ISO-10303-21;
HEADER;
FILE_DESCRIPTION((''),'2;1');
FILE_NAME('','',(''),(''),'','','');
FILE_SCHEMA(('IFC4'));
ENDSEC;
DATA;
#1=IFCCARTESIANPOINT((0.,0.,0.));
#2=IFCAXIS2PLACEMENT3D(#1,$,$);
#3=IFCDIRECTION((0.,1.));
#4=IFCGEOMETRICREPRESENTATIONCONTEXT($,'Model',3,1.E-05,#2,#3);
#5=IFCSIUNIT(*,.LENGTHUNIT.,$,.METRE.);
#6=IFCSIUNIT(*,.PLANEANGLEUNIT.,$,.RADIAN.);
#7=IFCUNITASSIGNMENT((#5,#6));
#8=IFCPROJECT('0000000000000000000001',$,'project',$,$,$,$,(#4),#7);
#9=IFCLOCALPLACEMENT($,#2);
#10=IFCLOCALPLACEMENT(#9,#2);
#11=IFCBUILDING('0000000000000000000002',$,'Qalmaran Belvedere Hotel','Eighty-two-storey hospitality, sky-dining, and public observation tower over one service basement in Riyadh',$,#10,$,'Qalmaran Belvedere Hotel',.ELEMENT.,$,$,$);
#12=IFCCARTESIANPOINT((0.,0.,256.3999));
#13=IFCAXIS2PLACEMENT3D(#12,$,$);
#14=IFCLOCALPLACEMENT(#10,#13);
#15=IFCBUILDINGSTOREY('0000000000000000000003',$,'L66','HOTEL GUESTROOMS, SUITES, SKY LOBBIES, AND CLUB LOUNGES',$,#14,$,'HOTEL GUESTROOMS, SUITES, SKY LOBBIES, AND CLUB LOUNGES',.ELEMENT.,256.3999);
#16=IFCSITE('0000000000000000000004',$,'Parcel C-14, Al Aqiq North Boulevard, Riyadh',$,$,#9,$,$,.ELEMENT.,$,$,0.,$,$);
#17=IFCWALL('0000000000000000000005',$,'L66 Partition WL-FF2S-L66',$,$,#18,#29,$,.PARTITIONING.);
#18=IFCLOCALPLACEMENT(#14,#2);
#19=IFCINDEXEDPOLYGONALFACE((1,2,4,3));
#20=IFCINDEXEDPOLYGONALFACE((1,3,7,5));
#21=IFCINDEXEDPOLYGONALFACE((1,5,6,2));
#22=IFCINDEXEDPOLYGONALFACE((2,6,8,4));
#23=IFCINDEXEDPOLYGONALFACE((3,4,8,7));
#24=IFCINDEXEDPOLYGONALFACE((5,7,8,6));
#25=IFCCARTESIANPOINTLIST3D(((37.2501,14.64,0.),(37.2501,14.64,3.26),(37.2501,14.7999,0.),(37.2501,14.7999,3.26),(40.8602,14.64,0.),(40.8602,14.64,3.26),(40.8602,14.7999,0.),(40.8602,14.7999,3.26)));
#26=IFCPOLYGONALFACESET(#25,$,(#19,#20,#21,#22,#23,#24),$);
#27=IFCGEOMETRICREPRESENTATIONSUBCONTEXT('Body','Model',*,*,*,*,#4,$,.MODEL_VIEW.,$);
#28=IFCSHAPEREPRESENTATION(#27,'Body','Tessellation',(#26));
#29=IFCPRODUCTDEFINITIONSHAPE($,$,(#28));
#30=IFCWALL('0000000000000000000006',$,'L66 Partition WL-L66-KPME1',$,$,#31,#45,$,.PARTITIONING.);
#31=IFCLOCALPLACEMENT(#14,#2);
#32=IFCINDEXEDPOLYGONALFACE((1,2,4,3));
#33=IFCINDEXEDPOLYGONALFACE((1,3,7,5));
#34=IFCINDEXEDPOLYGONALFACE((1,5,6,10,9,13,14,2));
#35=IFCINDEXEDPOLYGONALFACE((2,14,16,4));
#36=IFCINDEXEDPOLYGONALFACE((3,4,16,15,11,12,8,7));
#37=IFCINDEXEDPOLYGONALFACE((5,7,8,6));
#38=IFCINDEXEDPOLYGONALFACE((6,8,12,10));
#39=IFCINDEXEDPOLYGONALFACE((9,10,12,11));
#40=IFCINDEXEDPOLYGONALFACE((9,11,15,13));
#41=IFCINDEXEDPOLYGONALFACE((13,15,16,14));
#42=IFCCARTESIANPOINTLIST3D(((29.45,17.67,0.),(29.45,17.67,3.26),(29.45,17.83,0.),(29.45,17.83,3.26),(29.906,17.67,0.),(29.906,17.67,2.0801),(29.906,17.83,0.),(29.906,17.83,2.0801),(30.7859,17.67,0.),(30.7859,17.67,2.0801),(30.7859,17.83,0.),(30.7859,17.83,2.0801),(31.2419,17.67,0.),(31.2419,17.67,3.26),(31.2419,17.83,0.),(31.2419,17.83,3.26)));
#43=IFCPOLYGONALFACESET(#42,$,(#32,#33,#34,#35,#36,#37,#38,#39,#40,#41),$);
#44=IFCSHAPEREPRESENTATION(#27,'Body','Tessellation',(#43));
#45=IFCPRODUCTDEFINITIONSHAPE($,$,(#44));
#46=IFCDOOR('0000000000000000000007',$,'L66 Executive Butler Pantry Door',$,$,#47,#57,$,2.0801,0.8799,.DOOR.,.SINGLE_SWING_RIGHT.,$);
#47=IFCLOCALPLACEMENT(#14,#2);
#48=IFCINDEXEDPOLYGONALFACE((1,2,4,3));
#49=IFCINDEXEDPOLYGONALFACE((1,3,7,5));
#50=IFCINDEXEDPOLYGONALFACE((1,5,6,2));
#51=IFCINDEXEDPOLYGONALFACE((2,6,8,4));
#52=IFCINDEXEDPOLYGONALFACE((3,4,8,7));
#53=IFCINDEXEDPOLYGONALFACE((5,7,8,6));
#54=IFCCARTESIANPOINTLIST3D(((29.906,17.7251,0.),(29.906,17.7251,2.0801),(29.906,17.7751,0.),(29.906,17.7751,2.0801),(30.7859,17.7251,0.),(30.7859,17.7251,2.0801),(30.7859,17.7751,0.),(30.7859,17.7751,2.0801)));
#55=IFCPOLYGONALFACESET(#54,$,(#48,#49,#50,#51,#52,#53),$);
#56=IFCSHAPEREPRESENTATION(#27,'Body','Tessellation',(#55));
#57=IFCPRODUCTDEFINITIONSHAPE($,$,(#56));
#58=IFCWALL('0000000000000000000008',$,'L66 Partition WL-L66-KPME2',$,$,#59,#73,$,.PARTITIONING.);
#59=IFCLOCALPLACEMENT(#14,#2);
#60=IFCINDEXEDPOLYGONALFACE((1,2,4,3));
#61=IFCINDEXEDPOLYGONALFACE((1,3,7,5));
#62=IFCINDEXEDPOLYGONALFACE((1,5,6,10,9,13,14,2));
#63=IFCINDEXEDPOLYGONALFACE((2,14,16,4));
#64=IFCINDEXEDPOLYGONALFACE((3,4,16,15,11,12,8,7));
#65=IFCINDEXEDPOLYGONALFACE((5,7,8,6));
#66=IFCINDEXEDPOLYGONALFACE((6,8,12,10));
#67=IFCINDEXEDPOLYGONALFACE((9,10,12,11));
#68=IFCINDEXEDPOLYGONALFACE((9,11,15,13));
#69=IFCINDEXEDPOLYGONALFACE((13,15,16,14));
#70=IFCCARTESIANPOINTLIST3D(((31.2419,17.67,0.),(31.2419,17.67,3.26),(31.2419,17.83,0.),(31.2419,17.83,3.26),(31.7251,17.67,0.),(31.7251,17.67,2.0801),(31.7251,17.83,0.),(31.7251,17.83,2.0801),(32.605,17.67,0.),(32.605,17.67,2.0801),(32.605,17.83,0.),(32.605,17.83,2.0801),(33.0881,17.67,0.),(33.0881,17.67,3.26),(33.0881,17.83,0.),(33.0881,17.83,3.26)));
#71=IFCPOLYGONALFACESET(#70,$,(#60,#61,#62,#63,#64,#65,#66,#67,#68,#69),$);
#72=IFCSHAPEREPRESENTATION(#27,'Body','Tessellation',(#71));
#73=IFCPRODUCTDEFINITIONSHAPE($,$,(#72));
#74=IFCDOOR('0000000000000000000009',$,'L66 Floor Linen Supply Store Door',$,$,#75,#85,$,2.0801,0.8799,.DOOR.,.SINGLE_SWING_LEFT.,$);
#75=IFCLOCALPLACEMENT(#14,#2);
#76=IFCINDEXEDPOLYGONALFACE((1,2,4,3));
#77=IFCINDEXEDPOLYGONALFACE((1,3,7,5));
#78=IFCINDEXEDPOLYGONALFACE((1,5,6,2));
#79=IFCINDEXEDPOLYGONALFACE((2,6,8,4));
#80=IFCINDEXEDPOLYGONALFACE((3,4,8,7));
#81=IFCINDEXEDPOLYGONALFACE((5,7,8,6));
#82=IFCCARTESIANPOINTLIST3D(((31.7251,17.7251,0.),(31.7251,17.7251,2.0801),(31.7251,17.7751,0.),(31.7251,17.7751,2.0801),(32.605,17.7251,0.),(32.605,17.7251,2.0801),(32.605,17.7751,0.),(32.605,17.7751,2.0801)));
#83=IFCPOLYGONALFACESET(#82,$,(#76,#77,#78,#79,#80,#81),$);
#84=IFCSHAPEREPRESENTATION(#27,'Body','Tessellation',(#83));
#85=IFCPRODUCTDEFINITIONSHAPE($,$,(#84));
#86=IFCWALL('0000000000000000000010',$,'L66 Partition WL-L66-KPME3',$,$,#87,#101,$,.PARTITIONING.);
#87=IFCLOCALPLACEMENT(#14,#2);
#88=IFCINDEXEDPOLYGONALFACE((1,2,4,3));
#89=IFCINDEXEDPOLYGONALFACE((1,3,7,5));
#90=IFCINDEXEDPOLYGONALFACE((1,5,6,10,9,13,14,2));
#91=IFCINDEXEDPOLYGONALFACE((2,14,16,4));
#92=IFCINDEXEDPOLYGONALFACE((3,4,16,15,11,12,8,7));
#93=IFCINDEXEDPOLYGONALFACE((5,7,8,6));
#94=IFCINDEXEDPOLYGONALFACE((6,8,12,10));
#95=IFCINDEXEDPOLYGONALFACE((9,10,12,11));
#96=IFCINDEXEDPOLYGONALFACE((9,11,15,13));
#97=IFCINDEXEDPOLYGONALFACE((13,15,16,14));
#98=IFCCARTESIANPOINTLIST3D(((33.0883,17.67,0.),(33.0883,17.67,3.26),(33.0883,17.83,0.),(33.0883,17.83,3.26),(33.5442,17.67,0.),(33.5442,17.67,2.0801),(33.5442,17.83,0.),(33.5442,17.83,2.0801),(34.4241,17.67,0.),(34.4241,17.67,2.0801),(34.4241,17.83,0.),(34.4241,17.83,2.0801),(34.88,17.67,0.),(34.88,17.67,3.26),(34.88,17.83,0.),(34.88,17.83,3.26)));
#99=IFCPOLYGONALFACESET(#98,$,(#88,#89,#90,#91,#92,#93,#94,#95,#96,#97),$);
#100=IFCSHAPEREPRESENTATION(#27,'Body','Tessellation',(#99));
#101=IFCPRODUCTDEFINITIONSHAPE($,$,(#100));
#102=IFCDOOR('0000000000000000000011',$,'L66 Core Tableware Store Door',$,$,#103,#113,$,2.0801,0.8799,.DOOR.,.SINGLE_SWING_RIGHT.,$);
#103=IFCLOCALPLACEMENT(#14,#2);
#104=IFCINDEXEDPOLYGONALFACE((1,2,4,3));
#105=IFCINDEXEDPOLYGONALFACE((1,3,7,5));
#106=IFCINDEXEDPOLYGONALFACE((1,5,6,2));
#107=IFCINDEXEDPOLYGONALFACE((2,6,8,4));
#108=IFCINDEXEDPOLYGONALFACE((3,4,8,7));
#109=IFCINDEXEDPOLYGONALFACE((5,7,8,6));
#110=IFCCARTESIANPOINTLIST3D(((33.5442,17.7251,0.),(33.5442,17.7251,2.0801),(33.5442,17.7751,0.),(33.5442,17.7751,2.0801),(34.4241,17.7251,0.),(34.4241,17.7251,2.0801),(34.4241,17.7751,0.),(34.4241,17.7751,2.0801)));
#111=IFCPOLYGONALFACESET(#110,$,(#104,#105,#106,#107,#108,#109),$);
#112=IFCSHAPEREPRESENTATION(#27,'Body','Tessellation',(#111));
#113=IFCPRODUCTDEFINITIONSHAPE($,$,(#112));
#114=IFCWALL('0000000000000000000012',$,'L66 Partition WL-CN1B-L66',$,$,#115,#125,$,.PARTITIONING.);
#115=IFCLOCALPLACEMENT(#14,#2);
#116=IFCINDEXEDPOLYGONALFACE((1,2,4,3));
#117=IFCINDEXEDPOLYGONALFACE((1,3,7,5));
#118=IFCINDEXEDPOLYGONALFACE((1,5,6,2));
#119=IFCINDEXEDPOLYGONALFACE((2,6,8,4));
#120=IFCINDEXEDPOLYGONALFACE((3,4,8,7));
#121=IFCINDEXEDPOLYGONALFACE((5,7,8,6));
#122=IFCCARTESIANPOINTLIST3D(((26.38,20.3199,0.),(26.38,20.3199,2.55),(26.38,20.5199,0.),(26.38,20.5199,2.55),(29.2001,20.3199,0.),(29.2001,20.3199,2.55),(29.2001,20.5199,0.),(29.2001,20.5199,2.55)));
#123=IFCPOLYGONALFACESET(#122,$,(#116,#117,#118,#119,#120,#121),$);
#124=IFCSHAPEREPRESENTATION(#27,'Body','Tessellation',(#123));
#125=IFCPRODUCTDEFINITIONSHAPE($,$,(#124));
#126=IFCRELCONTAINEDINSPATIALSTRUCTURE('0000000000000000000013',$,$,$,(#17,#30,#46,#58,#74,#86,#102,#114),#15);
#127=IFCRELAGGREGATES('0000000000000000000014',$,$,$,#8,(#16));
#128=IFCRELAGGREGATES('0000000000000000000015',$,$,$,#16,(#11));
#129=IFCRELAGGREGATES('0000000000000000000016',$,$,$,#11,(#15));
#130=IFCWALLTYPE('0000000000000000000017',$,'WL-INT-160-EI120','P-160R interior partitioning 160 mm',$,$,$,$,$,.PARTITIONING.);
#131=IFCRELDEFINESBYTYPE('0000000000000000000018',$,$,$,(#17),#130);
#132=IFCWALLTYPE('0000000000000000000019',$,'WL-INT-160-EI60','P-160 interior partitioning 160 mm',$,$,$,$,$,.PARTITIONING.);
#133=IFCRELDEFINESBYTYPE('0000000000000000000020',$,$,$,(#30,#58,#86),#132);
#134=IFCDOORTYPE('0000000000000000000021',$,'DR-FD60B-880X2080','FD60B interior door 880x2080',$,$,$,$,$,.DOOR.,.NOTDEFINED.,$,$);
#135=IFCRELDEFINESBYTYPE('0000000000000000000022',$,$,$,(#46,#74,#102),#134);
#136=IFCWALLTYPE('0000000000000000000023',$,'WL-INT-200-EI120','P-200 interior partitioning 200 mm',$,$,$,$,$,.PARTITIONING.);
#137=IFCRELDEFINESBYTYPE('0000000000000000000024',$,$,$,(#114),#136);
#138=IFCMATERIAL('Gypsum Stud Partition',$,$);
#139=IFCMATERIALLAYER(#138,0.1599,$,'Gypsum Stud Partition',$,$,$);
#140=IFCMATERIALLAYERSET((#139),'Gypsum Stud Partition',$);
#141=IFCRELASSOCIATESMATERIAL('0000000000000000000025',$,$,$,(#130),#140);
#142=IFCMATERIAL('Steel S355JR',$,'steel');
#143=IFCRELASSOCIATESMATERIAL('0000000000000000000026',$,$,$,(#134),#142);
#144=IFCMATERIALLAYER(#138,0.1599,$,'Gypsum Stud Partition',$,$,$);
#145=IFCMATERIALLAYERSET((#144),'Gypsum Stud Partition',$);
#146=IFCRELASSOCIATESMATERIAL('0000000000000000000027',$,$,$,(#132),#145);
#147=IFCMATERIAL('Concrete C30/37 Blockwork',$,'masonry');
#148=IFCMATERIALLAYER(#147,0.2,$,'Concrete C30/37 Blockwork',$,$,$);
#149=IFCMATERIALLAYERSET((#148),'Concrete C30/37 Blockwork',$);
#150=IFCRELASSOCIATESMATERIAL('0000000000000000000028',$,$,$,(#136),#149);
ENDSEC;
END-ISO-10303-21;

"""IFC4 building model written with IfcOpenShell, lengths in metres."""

from ifc_helpers import new_model, si_unit, direction, frame, frame_2d, origin, place, context, subcontext, project, spatial, rectangle, extrude, material, layer, layer_set, type_object, element, fill, save


model = new_model("IFC4")

# Units and contexts
model_context = context("Model", 3, precision=1e-05, world=origin(), true_north=direction((0.0, 1.0)))
body_context = subcontext(model_context, "Body", "Model", "MODEL_VIEW")
ifc_project = project(units=[si_unit("LENGTHUNIT", "METRE"), si_unit("PLANEANGLEUNIT", "RADIAN")], contexts=[model_context])

# Site, building, storey
site_placement = place(None, origin())
site = spatial("IfcSite", under=ifc_project, at=site_placement, Name="Parcel C-14, Al Aqiq North Boulevard, Riyadh", CompositionType="ELEMENT", RefElevation=0.0)
building_placement = place(site_placement, origin())
building = spatial("IfcBuilding", under=site, at=building_placement, Name="Qalmaran Belvedere Hotel", Description="Eighty-two-storey hospitality, sky-dining, and public observation tower over one service basement in Riyadh", LongName="Qalmaran Belvedere Hotel", CompositionType="ELEMENT")
storey_placement = place(building_placement, frame((0.0, 0.0, 256.3999)))
storey = spatial("IfcBuildingStorey", under=building, at=storey_placement, Name="L66", Description="HOTEL GUESTROOMS, SUITES, SKY LOBBIES, AND CLUB LOUNGES", LongName="HOTEL GUESTROOMS, SUITES, SKY LOBBIES, AND CLUB LOUNGES", CompositionType="ELEMENT", Elevation=256.3999)

# Shared definitions
ifc_material_1 = material(Name="Steel S355JR", Category="steel")

# Shared definitions
ifc_material_2 = material(Name="Gypsum Stud Partition")

# Shared definitions
ifc_layer_1 = layer(ifc_material_2, 0.1599, Name="Gypsum Stud Partition")
ifc_layer_set_1 = layer_set([ifc_layer_1], Name="Gypsum Stud Partition")
wall_type_1 = type_object("IfcWallType", Name="WL-INT-160-EI120", Description="P-160R interior partitioning 160 mm", PredefinedType="PARTITIONING", material=ifc_layer_set_1)
door_type_1 = type_object("IfcDoorType", Name="DR-FD60B-880X2080", Description="FD60B interior door 880x2080", OperationType="NOTDEFINED", PredefinedType="DOOR", material=ifc_material_1)

# Wall
wall_1_placement = place(storey_placement, frame((37.25, 14.72, 0.0), z_axis=(0.0, 0.0, 1.0), x_axis=(1.0, 0.0, 0.0)))
element("IfcWall", 1, at=wall_1_placement, inside=storey, type_object=wall_type_1, Name="L66 Partition WL-FF2S-L66", PredefinedType="PARTITIONING", context=body_context, shape_type="SweptSolid", body=[
    extrude(rectangle(XDim=3.6101, YDim=0.1599, at=frame_2d((1.8052, 0.0))), origin(), (0.0, 0.0, 1.0), 3.26),
])

# Walls, openings, doors
ifc_layer_2 = layer(ifc_material_2, 0.1599, Name="Gypsum Stud Partition")
ifc_layer_set_2 = layer_set([ifc_layer_2], Name="Gypsum Stud Partition")
wall_type_2 = type_object("IfcWallType", Name="WL-INT-160-EI60", Description="P-160 interior partitioning 160 mm", PredefinedType="PARTITIONING", material=ifc_layer_set_2)
wall_2_placement = place(storey_placement, frame((29.45, 17.75, 0.0), z_axis=(0.0, 0.0, 1.0), x_axis=(1.0, 0.0, 0.0)))
wall_2 = element("IfcWall", 2, at=wall_2_placement, inside=storey, type_object=wall_type_2, Name="L66 Partition WL-L66-KPME1", PredefinedType="PARTITIONING", context=body_context, shape_type="SweptSolid", body=[
    extrude(rectangle(XDim=1.792, YDim=0.1599, at=frame_2d((0.896, 0.0))), origin(), (0.0, 0.0, 1.0), 3.26),
])
opening_1_placement = place(wall_2_placement, frame((1.3359, 0.0, 0.0), z_axis=(0.0, 0.0, 1.0), x_axis=(-1.0, 0.0, 0.0)))
opening_1 = element("IfcOpeningElement", 3, at=opening_1_placement, cuts=wall_2, PredefinedType="OPENING", context=body_context, shape_type="SweptSolid", body=[
    extrude(rectangle(XDim=0.8799, YDim=2.0801, at=frame_2d((0.4399, 1.04))), frame((0.0, 0.0898, 0.0), z_axis=(0.0, -1.0, 0.0), x_axis=(1.0, 0.0, 0.0)), (0.0, 0.0, 1.0), 0.1799),
])
door_1_placement = place(opening_1_placement, origin())
door_1 = element("IfcDoor", 4, at=door_1_placement, inside=storey, type_object=door_type_1, Name="L66 Executive Butler Pantry Door", OperationType="SINGLE_SWING_RIGHT", OverallHeight=2.0801, OverallWidth=0.8799, PredefinedType="DOOR", context=body_context, shape_type="SweptSolid", body=[
    extrude(rectangle(XDim=0.8799, YDim=2.0801, at=frame_2d((0.4399, 1.04))), frame((0.0, 0.0249, 0.0), z_axis=(0.0, -1.0, 0.0), x_axis=(1.0, 0.0, 0.0)), (0.0, 0.0, 1.0), 0.05),
])
fill(opening_1, door_1)
wall_3_placement = place(storey_placement, frame((31.2419, 17.75, 0.0), z_axis=(0.0, 0.0, 1.0), x_axis=(1.0, 0.0, 0.0)))
wall_3 = element("IfcWall", 5, at=wall_3_placement, inside=storey, type_object=wall_type_2, Name="L66 Partition WL-L66-KPME2", PredefinedType="PARTITIONING", context=body_context, shape_type="SweptSolid", body=[
    extrude(rectangle(XDim=1.8462, YDim=0.1599, at=frame_2d((0.9231, 0.0))), origin(), (0.0, 0.0, 1.0), 3.26),
])
opening_2_placement = place(wall_3_placement, frame((1.363, 0.0, 0.0), z_axis=(0.0, 0.0, 1.0), x_axis=(-1.0, 0.0, 0.0)))
opening_2 = element("IfcOpeningElement", 6, at=opening_2_placement, cuts=wall_3, PredefinedType="OPENING", context=body_context, shape_type="SweptSolid", body=[
    extrude(rectangle(XDim=0.8799, YDim=2.0801, at=frame_2d((0.4399, 1.04))), frame((0.0, 0.0898, 0.0), z_axis=(0.0, -1.0, 0.0), x_axis=(1.0, 0.0, 0.0)), (0.0, 0.0, 1.0), 0.1799),
])
door_2_placement = place(opening_2_placement, origin())
door_2 = element("IfcDoor", 7, at=door_2_placement, inside=storey, type_object=door_type_1, Name="L66 Floor Linen Supply Store Door", OperationType="SINGLE_SWING_LEFT", OverallHeight=2.0801, OverallWidth=0.8799, PredefinedType="DOOR", context=body_context, shape_type="SweptSolid", body=[
    extrude(rectangle(XDim=0.8799, YDim=2.0801, at=frame_2d((0.4399, 1.04))), frame((0.0, 0.0249, 0.0), z_axis=(0.0, -1.0, 0.0), x_axis=(1.0, 0.0, 0.0)), (0.0, 0.0, 1.0), 0.05),
])
fill(opening_2, door_2)
wall_4_placement = place(storey_placement, frame((33.0881, 17.75, 0.0), z_axis=(0.0, 0.0, 1.0), x_axis=(1.0, 0.0, 0.0)))
wall_4 = element("IfcWall", 8, at=wall_4_placement, inside=storey, type_object=wall_type_2, Name="L66 Partition WL-L66-KPME3", PredefinedType="PARTITIONING", context=body_context, shape_type="SweptSolid", body=[
    extrude(rectangle(XDim=1.7917, YDim=0.1599, at=frame_2d((0.896, 0.0))), origin(), (0.0, 0.0, 1.0), 3.26),
])
opening_3_placement = place(wall_4_placement, frame((1.3359, 0.0, 0.0), z_axis=(0.0, 0.0, 1.0), x_axis=(-1.0, 0.0, 0.0)))
opening_3 = element("IfcOpeningElement", 9, at=opening_3_placement, cuts=wall_4, PredefinedType="OPENING", context=body_context, shape_type="SweptSolid", body=[
    extrude(rectangle(XDim=0.8799, YDim=2.0801, at=frame_2d((0.4399, 1.04))), frame((0.0, 0.0898, 0.0), z_axis=(0.0, -1.0, 0.0), x_axis=(1.0, 0.0, 0.0)), (0.0, 0.0, 1.0), 0.1799),
])
door_3_placement = place(opening_3_placement, origin())
door_3 = element("IfcDoor", 10, at=door_3_placement, inside=storey, type_object=door_type_1, Name="L66 Core Tableware Store Door", OperationType="SINGLE_SWING_RIGHT", OverallHeight=2.0801, OverallWidth=0.8799, PredefinedType="DOOR", context=body_context, shape_type="SweptSolid", body=[
    extrude(rectangle(XDim=0.8799, YDim=2.0801, at=frame_2d((0.4399, 1.04))), frame((0.0, 0.0249, 0.0), z_axis=(0.0, -1.0, 0.0), x_axis=(1.0, 0.0, 0.0)), (0.0, 0.0, 1.0), 0.05),
])
fill(opening_3, door_3)

# Wall
ifc_material_3 = material(Name="Concrete C30/37 Blockwork", Category="masonry")
ifc_layer_3 = layer(ifc_material_3, 0.2, Name="Concrete C30/37 Blockwork")
ifc_layer_set_3 = layer_set([ifc_layer_3], Name="Concrete C30/37 Blockwork")
wall_type_3 = type_object("IfcWallType", Name="WL-INT-200-EI120", Description="P-200 interior partitioning 200 mm", PredefinedType="PARTITIONING", material=ifc_layer_set_3)
wall_5_placement = place(storey_placement, frame((26.3799, 20.4199, 0.0), z_axis=(0.0, 0.0, 1.0), x_axis=(1.0, 0.0, 0.0)))
element("IfcWall", 11, at=wall_5_placement, inside=storey, type_object=wall_type_3, Name="L66 Partition WL-CN1B-L66", PredefinedType="PARTITIONING", context=body_context, shape_type="SweptSolid", body=[
    extrude(rectangle(XDim=2.8201, YDim=0.2, at=frame_2d((1.4102, 0.0))), origin(), (0.0, 0.0, 1.0), 2.55),
])

save(model, "model.ifc")
